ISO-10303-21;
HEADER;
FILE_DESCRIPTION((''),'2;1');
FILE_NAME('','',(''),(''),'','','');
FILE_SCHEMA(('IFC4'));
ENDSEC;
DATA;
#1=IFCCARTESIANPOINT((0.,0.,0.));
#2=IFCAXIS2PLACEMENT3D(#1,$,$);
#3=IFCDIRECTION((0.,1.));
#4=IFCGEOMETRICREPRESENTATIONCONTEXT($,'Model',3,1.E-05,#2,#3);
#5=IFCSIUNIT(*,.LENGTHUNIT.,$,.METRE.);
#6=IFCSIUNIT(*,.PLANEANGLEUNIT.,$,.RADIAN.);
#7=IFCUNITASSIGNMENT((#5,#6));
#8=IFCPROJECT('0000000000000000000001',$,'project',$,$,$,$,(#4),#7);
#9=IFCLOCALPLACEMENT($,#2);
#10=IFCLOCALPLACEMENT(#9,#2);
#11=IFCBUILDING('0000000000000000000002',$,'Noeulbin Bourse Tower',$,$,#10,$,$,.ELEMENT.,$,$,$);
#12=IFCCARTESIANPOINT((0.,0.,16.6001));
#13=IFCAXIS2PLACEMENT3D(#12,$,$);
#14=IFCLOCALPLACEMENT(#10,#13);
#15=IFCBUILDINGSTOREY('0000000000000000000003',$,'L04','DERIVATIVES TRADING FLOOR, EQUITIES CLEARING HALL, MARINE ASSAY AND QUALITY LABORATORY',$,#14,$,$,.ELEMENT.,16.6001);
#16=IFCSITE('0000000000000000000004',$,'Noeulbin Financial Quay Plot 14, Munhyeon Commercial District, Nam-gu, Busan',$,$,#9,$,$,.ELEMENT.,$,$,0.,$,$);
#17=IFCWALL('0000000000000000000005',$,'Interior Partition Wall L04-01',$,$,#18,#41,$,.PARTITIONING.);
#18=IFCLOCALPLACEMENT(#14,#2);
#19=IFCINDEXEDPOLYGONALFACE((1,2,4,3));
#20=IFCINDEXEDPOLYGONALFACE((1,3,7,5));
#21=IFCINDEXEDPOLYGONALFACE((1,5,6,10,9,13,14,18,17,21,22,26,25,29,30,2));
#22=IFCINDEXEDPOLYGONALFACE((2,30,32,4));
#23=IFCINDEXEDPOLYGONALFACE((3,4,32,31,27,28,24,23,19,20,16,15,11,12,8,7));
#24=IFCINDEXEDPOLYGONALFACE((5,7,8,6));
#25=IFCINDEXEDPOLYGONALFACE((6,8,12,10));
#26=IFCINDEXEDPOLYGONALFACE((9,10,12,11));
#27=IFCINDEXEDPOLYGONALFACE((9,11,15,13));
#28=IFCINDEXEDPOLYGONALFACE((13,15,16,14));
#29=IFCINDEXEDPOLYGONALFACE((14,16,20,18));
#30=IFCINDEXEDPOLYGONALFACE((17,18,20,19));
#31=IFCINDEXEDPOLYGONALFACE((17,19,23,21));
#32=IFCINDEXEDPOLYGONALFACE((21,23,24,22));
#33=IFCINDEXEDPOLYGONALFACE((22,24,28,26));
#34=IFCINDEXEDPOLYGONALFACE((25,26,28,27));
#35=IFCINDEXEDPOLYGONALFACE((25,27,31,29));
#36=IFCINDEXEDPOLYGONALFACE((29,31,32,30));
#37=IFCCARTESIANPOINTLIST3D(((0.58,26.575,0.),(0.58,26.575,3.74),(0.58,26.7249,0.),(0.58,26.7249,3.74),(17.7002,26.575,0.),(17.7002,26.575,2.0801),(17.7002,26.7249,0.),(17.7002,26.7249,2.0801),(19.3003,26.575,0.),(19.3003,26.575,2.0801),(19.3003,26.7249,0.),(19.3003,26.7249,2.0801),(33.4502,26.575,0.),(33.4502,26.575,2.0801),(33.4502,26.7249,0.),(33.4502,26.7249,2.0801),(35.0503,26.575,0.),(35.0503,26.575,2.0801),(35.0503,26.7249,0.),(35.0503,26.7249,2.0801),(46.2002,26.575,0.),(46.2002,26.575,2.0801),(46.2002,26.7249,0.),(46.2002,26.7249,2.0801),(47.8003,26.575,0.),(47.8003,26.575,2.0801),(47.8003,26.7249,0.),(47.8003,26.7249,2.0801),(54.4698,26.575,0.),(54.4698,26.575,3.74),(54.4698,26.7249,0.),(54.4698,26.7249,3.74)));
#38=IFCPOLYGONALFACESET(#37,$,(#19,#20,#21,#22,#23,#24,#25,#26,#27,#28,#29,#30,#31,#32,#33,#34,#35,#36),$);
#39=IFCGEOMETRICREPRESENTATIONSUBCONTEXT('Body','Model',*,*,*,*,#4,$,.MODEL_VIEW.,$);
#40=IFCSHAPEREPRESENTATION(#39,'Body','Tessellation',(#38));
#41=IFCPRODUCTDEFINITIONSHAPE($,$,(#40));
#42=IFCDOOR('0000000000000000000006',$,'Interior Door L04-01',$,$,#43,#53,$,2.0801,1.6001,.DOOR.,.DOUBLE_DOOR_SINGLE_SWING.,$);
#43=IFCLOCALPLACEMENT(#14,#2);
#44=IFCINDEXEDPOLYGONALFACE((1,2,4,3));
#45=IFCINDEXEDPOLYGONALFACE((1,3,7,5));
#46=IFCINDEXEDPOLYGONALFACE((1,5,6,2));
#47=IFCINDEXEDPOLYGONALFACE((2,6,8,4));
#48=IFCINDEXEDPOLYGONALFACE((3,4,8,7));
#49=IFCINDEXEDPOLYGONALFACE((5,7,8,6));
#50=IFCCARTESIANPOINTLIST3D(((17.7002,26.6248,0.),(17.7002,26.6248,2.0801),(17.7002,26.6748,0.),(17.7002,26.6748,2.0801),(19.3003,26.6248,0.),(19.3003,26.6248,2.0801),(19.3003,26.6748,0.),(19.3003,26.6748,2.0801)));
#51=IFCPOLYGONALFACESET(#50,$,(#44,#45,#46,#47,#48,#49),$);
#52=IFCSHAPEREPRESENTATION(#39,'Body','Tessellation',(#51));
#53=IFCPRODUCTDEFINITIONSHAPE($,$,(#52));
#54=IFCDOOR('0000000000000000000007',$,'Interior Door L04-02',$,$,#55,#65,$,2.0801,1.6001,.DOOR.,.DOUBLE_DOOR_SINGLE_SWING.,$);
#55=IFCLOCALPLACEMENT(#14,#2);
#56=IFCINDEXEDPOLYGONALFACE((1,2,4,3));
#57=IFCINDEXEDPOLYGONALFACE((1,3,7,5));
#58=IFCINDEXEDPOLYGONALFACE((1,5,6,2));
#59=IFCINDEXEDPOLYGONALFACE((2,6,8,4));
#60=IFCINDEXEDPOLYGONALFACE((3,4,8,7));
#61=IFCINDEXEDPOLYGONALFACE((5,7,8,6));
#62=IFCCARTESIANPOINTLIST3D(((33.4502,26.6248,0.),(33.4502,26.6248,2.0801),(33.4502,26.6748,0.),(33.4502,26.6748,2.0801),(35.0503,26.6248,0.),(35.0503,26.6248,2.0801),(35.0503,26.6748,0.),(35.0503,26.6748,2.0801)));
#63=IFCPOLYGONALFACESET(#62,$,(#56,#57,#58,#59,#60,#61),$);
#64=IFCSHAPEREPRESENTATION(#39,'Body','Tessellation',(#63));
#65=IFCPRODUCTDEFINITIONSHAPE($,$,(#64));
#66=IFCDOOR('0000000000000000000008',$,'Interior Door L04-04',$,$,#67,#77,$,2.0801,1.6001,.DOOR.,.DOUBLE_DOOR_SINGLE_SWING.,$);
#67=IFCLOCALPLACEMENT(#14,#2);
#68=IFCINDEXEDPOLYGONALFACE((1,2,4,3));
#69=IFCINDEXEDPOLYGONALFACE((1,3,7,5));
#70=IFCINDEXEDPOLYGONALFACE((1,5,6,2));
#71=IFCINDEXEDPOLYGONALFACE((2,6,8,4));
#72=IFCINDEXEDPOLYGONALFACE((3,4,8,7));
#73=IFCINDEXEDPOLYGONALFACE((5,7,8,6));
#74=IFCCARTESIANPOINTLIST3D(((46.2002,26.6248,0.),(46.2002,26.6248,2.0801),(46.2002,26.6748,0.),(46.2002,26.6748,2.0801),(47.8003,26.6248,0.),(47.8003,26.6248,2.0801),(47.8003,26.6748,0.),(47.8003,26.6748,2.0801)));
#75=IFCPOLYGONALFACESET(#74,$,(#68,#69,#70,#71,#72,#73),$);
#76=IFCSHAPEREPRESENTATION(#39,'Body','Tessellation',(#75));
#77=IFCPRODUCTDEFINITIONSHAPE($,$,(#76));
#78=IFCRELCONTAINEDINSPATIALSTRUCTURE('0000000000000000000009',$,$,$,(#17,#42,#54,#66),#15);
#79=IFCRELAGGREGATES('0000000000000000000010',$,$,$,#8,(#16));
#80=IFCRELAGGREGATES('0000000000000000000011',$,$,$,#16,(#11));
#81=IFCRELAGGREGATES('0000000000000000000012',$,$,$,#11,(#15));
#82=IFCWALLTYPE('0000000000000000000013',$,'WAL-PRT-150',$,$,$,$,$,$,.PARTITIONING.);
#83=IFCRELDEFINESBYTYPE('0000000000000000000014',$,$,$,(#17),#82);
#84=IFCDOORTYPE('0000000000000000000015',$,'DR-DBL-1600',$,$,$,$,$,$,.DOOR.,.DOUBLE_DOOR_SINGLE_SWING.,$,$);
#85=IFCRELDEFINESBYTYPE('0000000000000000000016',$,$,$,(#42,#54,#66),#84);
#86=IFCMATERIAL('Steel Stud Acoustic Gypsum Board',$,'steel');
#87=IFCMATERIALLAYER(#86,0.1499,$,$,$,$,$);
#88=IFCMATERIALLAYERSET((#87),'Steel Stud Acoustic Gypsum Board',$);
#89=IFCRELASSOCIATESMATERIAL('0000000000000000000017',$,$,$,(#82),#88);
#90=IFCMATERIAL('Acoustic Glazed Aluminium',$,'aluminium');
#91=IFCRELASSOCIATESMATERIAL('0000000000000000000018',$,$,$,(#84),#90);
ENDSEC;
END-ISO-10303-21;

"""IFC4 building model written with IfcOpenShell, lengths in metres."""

from ifc_helpers import new_model, si_unit, direction, frame, frame_2d, origin, place, context, subcontext, project, spatial, rectangle, extrude, material, layer, layer_set, type_object, element, fill, save


model = new_model("IFC4")

# Units and contexts
model_context = context("Model", 3, precision=1e-05, world=origin(), true_north=direction((0.0, 1.0)))
body_context = subcontext(model_context, "Body", "Model", "MODEL_VIEW")
ifc_project = project(units=[si_unit("LENGTHUNIT", "METRE"), si_unit("PLANEANGLEUNIT", "RADIAN")], contexts=[model_context])

# Site, building, storey
site_placement = place(None, origin())
site = spatial("IfcSite", under=ifc_project, at=site_placement, Name="Noeulbin Financial Quay Plot 14, Munhyeon Commercial District, Nam-gu, Busan", CompositionType="ELEMENT", RefElevation=0.0)
building_placement = place(site_placement, origin())
building = spatial("IfcBuilding", under=site, at=building_placement, Name="Noeulbin Bourse Tower", CompositionType="ELEMENT")
storey_placement = place(building_placement, frame((0.0, 0.0, 16.6001)))
storey = spatial("IfcBuildingStorey", under=building, at=storey_placement, Name="L04", Description="DERIVATIVES TRADING FLOOR, EQUITIES CLEARING HALL, MARINE ASSAY AND QUALITY LABORATORY", CompositionType="ELEMENT", Elevation=16.6001)

# Wall, openings, doors
ifc_material_1 = material(Name="Steel Stud Acoustic Gypsum Board", Category="steel")
ifc_layer_1 = layer(ifc_material_1, 0.1499)
ifc_layer_set_1 = layer_set([ifc_layer_1], Name="Steel Stud Acoustic Gypsum Board")
wall_type = type_object("IfcWallType", Name="WAL-PRT-150", PredefinedType="PARTITIONING", material=ifc_layer_set_1)
wall_placement = place(storey_placement, frame((0.5801, 26.6499, 0.0), z_axis=(0.0, 0.0, 1.0), x_axis=(1.0, 0.0, 0.0)))
wall = element("IfcWall", 1, at=wall_placement, inside=storey, type_object=wall_type, Name="Interior Partition Wall L04-01", PredefinedType="PARTITIONING", context=body_context, shape_type="SweptSolid", body=[
    extrude(rectangle(XDim=53.8899, YDim=0.1499, at=frame_2d((26.9448, 0.0))), origin(), (0.0, 0.0, 1.0), 3.74),
])
opening_1_placement = place(wall_placement, frame((17.1201, 0.0, 0.0)))
opening_1 = element("IfcOpeningElement", 2, at=opening_1_placement, cuts=wall, PredefinedType="OPENING", context=body_context, shape_type="SweptSolid", body=[
    extrude(rectangle(XDim=1.6001, YDim=2.0801, at=frame_2d((0.8, 1.04))), frame((0.0, 0.085, 0.0), z_axis=(0.0, -1.0, 0.0), x_axis=(1.0, 0.0, 0.0)), (0.0, 0.0, 1.0), 0.1699),
])
opening_2_placement = place(wall_placement, frame((32.8701, 0.0, 0.0)))
opening_2 = element("IfcOpeningElement", 3, at=opening_2_placement, cuts=wall, PredefinedType="OPENING", context=body_context, shape_type="SweptSolid", body=[
    extrude(rectangle(XDim=1.6001, YDim=2.0801, at=frame_2d((0.8, 1.04))), frame((0.0, 0.085, 0.0), z_axis=(0.0, -1.0, 0.0), x_axis=(1.0, 0.0, 0.0)), (0.0, 0.0, 1.0), 0.1699),
])
opening_3_placement = place(wall_placement, frame((45.6201, 0.0, 0.0)))
opening_3 = element("IfcOpeningElement", 4, at=opening_3_placement, cuts=wall, PredefinedType="OPENING", context=body_context, shape_type="SweptSolid", body=[
    extrude(rectangle(XDim=1.6001, YDim=2.0801, at=frame_2d((0.8, 1.04))), frame((0.0, 0.085, 0.0), z_axis=(0.0, -1.0, 0.0), x_axis=(1.0, 0.0, 0.0)), (0.0, 0.0, 1.0), 0.1699),
])
ifc_material_2 = material(Name="Acoustic Glazed Aluminium", Category="aluminium")
door_type = type_object("IfcDoorType", Name="DR-DBL-1600", OperationType="DOUBLE_DOOR_SINGLE_SWING", PredefinedType="DOOR", material=ifc_material_2)
door_1_placement = place(opening_1_placement, origin())
door_1 = element("IfcDoor", 5, at=door_1_placement, inside=storey, type_object=door_type, Name="Interior Door L04-01", OperationType="DOUBLE_DOOR_SINGLE_SWING", OverallHeight=2.0801, OverallWidth=1.6001, PredefinedType="DOOR", context=body_context, shape_type="SweptSolid", body=[
    extrude(rectangle(XDim=1.6001, YDim=2.0801, at=frame_2d((0.8, 1.04))), frame((0.0, 0.0249, 0.0), z_axis=(0.0, -1.0, 0.0), x_axis=(1.0, 0.0, 0.0)), (0.0, 0.0, 1.0), 0.05),
])
fill(opening_1, door_1)
door_2_placement = place(opening_2_placement, origin())
door_2 = element("IfcDoor", 6, at=door_2_placement, inside=storey, type_object=door_type, Name="Interior Door L04-02", OperationType="DOUBLE_DOOR_SINGLE_SWING", OverallHeight=2.0801, OverallWidth=1.6001, PredefinedType="DOOR", context=body_context, shape_type="SweptSolid", body=[
    extrude(rectangle(XDim=1.6001, YDim=2.0801, at=frame_2d((0.8, 1.04))), frame((0.0, 0.0249, 0.0), z_axis=(0.0, -1.0, 0.0), x_axis=(1.0, 0.0, 0.0)), (0.0, 0.0, 1.0), 0.05),
])
fill(opening_2, door_2)
door_3_placement = place(opening_3_placement, origin())
door_3 = element("IfcDoor", 7, at=door_3_placement, inside=storey, type_object=door_type, Name="Interior Door L04-04", OperationType="DOUBLE_DOOR_SINGLE_SWING", OverallHeight=2.0801, OverallWidth=1.6001, PredefinedType="DOOR", context=body_context, shape_type="SweptSolid", body=[
    extrude(rectangle(XDim=1.6001, YDim=2.0801, at=frame_2d((0.8, 1.04))), frame((0.0, 0.0249, 0.0), z_axis=(0.0, -1.0, 0.0), x_axis=(1.0, 0.0, 0.0)), (0.0, 0.0, 1.0), 0.05),
])
fill(opening_3, door_3)

save(model, "model.ifc")
